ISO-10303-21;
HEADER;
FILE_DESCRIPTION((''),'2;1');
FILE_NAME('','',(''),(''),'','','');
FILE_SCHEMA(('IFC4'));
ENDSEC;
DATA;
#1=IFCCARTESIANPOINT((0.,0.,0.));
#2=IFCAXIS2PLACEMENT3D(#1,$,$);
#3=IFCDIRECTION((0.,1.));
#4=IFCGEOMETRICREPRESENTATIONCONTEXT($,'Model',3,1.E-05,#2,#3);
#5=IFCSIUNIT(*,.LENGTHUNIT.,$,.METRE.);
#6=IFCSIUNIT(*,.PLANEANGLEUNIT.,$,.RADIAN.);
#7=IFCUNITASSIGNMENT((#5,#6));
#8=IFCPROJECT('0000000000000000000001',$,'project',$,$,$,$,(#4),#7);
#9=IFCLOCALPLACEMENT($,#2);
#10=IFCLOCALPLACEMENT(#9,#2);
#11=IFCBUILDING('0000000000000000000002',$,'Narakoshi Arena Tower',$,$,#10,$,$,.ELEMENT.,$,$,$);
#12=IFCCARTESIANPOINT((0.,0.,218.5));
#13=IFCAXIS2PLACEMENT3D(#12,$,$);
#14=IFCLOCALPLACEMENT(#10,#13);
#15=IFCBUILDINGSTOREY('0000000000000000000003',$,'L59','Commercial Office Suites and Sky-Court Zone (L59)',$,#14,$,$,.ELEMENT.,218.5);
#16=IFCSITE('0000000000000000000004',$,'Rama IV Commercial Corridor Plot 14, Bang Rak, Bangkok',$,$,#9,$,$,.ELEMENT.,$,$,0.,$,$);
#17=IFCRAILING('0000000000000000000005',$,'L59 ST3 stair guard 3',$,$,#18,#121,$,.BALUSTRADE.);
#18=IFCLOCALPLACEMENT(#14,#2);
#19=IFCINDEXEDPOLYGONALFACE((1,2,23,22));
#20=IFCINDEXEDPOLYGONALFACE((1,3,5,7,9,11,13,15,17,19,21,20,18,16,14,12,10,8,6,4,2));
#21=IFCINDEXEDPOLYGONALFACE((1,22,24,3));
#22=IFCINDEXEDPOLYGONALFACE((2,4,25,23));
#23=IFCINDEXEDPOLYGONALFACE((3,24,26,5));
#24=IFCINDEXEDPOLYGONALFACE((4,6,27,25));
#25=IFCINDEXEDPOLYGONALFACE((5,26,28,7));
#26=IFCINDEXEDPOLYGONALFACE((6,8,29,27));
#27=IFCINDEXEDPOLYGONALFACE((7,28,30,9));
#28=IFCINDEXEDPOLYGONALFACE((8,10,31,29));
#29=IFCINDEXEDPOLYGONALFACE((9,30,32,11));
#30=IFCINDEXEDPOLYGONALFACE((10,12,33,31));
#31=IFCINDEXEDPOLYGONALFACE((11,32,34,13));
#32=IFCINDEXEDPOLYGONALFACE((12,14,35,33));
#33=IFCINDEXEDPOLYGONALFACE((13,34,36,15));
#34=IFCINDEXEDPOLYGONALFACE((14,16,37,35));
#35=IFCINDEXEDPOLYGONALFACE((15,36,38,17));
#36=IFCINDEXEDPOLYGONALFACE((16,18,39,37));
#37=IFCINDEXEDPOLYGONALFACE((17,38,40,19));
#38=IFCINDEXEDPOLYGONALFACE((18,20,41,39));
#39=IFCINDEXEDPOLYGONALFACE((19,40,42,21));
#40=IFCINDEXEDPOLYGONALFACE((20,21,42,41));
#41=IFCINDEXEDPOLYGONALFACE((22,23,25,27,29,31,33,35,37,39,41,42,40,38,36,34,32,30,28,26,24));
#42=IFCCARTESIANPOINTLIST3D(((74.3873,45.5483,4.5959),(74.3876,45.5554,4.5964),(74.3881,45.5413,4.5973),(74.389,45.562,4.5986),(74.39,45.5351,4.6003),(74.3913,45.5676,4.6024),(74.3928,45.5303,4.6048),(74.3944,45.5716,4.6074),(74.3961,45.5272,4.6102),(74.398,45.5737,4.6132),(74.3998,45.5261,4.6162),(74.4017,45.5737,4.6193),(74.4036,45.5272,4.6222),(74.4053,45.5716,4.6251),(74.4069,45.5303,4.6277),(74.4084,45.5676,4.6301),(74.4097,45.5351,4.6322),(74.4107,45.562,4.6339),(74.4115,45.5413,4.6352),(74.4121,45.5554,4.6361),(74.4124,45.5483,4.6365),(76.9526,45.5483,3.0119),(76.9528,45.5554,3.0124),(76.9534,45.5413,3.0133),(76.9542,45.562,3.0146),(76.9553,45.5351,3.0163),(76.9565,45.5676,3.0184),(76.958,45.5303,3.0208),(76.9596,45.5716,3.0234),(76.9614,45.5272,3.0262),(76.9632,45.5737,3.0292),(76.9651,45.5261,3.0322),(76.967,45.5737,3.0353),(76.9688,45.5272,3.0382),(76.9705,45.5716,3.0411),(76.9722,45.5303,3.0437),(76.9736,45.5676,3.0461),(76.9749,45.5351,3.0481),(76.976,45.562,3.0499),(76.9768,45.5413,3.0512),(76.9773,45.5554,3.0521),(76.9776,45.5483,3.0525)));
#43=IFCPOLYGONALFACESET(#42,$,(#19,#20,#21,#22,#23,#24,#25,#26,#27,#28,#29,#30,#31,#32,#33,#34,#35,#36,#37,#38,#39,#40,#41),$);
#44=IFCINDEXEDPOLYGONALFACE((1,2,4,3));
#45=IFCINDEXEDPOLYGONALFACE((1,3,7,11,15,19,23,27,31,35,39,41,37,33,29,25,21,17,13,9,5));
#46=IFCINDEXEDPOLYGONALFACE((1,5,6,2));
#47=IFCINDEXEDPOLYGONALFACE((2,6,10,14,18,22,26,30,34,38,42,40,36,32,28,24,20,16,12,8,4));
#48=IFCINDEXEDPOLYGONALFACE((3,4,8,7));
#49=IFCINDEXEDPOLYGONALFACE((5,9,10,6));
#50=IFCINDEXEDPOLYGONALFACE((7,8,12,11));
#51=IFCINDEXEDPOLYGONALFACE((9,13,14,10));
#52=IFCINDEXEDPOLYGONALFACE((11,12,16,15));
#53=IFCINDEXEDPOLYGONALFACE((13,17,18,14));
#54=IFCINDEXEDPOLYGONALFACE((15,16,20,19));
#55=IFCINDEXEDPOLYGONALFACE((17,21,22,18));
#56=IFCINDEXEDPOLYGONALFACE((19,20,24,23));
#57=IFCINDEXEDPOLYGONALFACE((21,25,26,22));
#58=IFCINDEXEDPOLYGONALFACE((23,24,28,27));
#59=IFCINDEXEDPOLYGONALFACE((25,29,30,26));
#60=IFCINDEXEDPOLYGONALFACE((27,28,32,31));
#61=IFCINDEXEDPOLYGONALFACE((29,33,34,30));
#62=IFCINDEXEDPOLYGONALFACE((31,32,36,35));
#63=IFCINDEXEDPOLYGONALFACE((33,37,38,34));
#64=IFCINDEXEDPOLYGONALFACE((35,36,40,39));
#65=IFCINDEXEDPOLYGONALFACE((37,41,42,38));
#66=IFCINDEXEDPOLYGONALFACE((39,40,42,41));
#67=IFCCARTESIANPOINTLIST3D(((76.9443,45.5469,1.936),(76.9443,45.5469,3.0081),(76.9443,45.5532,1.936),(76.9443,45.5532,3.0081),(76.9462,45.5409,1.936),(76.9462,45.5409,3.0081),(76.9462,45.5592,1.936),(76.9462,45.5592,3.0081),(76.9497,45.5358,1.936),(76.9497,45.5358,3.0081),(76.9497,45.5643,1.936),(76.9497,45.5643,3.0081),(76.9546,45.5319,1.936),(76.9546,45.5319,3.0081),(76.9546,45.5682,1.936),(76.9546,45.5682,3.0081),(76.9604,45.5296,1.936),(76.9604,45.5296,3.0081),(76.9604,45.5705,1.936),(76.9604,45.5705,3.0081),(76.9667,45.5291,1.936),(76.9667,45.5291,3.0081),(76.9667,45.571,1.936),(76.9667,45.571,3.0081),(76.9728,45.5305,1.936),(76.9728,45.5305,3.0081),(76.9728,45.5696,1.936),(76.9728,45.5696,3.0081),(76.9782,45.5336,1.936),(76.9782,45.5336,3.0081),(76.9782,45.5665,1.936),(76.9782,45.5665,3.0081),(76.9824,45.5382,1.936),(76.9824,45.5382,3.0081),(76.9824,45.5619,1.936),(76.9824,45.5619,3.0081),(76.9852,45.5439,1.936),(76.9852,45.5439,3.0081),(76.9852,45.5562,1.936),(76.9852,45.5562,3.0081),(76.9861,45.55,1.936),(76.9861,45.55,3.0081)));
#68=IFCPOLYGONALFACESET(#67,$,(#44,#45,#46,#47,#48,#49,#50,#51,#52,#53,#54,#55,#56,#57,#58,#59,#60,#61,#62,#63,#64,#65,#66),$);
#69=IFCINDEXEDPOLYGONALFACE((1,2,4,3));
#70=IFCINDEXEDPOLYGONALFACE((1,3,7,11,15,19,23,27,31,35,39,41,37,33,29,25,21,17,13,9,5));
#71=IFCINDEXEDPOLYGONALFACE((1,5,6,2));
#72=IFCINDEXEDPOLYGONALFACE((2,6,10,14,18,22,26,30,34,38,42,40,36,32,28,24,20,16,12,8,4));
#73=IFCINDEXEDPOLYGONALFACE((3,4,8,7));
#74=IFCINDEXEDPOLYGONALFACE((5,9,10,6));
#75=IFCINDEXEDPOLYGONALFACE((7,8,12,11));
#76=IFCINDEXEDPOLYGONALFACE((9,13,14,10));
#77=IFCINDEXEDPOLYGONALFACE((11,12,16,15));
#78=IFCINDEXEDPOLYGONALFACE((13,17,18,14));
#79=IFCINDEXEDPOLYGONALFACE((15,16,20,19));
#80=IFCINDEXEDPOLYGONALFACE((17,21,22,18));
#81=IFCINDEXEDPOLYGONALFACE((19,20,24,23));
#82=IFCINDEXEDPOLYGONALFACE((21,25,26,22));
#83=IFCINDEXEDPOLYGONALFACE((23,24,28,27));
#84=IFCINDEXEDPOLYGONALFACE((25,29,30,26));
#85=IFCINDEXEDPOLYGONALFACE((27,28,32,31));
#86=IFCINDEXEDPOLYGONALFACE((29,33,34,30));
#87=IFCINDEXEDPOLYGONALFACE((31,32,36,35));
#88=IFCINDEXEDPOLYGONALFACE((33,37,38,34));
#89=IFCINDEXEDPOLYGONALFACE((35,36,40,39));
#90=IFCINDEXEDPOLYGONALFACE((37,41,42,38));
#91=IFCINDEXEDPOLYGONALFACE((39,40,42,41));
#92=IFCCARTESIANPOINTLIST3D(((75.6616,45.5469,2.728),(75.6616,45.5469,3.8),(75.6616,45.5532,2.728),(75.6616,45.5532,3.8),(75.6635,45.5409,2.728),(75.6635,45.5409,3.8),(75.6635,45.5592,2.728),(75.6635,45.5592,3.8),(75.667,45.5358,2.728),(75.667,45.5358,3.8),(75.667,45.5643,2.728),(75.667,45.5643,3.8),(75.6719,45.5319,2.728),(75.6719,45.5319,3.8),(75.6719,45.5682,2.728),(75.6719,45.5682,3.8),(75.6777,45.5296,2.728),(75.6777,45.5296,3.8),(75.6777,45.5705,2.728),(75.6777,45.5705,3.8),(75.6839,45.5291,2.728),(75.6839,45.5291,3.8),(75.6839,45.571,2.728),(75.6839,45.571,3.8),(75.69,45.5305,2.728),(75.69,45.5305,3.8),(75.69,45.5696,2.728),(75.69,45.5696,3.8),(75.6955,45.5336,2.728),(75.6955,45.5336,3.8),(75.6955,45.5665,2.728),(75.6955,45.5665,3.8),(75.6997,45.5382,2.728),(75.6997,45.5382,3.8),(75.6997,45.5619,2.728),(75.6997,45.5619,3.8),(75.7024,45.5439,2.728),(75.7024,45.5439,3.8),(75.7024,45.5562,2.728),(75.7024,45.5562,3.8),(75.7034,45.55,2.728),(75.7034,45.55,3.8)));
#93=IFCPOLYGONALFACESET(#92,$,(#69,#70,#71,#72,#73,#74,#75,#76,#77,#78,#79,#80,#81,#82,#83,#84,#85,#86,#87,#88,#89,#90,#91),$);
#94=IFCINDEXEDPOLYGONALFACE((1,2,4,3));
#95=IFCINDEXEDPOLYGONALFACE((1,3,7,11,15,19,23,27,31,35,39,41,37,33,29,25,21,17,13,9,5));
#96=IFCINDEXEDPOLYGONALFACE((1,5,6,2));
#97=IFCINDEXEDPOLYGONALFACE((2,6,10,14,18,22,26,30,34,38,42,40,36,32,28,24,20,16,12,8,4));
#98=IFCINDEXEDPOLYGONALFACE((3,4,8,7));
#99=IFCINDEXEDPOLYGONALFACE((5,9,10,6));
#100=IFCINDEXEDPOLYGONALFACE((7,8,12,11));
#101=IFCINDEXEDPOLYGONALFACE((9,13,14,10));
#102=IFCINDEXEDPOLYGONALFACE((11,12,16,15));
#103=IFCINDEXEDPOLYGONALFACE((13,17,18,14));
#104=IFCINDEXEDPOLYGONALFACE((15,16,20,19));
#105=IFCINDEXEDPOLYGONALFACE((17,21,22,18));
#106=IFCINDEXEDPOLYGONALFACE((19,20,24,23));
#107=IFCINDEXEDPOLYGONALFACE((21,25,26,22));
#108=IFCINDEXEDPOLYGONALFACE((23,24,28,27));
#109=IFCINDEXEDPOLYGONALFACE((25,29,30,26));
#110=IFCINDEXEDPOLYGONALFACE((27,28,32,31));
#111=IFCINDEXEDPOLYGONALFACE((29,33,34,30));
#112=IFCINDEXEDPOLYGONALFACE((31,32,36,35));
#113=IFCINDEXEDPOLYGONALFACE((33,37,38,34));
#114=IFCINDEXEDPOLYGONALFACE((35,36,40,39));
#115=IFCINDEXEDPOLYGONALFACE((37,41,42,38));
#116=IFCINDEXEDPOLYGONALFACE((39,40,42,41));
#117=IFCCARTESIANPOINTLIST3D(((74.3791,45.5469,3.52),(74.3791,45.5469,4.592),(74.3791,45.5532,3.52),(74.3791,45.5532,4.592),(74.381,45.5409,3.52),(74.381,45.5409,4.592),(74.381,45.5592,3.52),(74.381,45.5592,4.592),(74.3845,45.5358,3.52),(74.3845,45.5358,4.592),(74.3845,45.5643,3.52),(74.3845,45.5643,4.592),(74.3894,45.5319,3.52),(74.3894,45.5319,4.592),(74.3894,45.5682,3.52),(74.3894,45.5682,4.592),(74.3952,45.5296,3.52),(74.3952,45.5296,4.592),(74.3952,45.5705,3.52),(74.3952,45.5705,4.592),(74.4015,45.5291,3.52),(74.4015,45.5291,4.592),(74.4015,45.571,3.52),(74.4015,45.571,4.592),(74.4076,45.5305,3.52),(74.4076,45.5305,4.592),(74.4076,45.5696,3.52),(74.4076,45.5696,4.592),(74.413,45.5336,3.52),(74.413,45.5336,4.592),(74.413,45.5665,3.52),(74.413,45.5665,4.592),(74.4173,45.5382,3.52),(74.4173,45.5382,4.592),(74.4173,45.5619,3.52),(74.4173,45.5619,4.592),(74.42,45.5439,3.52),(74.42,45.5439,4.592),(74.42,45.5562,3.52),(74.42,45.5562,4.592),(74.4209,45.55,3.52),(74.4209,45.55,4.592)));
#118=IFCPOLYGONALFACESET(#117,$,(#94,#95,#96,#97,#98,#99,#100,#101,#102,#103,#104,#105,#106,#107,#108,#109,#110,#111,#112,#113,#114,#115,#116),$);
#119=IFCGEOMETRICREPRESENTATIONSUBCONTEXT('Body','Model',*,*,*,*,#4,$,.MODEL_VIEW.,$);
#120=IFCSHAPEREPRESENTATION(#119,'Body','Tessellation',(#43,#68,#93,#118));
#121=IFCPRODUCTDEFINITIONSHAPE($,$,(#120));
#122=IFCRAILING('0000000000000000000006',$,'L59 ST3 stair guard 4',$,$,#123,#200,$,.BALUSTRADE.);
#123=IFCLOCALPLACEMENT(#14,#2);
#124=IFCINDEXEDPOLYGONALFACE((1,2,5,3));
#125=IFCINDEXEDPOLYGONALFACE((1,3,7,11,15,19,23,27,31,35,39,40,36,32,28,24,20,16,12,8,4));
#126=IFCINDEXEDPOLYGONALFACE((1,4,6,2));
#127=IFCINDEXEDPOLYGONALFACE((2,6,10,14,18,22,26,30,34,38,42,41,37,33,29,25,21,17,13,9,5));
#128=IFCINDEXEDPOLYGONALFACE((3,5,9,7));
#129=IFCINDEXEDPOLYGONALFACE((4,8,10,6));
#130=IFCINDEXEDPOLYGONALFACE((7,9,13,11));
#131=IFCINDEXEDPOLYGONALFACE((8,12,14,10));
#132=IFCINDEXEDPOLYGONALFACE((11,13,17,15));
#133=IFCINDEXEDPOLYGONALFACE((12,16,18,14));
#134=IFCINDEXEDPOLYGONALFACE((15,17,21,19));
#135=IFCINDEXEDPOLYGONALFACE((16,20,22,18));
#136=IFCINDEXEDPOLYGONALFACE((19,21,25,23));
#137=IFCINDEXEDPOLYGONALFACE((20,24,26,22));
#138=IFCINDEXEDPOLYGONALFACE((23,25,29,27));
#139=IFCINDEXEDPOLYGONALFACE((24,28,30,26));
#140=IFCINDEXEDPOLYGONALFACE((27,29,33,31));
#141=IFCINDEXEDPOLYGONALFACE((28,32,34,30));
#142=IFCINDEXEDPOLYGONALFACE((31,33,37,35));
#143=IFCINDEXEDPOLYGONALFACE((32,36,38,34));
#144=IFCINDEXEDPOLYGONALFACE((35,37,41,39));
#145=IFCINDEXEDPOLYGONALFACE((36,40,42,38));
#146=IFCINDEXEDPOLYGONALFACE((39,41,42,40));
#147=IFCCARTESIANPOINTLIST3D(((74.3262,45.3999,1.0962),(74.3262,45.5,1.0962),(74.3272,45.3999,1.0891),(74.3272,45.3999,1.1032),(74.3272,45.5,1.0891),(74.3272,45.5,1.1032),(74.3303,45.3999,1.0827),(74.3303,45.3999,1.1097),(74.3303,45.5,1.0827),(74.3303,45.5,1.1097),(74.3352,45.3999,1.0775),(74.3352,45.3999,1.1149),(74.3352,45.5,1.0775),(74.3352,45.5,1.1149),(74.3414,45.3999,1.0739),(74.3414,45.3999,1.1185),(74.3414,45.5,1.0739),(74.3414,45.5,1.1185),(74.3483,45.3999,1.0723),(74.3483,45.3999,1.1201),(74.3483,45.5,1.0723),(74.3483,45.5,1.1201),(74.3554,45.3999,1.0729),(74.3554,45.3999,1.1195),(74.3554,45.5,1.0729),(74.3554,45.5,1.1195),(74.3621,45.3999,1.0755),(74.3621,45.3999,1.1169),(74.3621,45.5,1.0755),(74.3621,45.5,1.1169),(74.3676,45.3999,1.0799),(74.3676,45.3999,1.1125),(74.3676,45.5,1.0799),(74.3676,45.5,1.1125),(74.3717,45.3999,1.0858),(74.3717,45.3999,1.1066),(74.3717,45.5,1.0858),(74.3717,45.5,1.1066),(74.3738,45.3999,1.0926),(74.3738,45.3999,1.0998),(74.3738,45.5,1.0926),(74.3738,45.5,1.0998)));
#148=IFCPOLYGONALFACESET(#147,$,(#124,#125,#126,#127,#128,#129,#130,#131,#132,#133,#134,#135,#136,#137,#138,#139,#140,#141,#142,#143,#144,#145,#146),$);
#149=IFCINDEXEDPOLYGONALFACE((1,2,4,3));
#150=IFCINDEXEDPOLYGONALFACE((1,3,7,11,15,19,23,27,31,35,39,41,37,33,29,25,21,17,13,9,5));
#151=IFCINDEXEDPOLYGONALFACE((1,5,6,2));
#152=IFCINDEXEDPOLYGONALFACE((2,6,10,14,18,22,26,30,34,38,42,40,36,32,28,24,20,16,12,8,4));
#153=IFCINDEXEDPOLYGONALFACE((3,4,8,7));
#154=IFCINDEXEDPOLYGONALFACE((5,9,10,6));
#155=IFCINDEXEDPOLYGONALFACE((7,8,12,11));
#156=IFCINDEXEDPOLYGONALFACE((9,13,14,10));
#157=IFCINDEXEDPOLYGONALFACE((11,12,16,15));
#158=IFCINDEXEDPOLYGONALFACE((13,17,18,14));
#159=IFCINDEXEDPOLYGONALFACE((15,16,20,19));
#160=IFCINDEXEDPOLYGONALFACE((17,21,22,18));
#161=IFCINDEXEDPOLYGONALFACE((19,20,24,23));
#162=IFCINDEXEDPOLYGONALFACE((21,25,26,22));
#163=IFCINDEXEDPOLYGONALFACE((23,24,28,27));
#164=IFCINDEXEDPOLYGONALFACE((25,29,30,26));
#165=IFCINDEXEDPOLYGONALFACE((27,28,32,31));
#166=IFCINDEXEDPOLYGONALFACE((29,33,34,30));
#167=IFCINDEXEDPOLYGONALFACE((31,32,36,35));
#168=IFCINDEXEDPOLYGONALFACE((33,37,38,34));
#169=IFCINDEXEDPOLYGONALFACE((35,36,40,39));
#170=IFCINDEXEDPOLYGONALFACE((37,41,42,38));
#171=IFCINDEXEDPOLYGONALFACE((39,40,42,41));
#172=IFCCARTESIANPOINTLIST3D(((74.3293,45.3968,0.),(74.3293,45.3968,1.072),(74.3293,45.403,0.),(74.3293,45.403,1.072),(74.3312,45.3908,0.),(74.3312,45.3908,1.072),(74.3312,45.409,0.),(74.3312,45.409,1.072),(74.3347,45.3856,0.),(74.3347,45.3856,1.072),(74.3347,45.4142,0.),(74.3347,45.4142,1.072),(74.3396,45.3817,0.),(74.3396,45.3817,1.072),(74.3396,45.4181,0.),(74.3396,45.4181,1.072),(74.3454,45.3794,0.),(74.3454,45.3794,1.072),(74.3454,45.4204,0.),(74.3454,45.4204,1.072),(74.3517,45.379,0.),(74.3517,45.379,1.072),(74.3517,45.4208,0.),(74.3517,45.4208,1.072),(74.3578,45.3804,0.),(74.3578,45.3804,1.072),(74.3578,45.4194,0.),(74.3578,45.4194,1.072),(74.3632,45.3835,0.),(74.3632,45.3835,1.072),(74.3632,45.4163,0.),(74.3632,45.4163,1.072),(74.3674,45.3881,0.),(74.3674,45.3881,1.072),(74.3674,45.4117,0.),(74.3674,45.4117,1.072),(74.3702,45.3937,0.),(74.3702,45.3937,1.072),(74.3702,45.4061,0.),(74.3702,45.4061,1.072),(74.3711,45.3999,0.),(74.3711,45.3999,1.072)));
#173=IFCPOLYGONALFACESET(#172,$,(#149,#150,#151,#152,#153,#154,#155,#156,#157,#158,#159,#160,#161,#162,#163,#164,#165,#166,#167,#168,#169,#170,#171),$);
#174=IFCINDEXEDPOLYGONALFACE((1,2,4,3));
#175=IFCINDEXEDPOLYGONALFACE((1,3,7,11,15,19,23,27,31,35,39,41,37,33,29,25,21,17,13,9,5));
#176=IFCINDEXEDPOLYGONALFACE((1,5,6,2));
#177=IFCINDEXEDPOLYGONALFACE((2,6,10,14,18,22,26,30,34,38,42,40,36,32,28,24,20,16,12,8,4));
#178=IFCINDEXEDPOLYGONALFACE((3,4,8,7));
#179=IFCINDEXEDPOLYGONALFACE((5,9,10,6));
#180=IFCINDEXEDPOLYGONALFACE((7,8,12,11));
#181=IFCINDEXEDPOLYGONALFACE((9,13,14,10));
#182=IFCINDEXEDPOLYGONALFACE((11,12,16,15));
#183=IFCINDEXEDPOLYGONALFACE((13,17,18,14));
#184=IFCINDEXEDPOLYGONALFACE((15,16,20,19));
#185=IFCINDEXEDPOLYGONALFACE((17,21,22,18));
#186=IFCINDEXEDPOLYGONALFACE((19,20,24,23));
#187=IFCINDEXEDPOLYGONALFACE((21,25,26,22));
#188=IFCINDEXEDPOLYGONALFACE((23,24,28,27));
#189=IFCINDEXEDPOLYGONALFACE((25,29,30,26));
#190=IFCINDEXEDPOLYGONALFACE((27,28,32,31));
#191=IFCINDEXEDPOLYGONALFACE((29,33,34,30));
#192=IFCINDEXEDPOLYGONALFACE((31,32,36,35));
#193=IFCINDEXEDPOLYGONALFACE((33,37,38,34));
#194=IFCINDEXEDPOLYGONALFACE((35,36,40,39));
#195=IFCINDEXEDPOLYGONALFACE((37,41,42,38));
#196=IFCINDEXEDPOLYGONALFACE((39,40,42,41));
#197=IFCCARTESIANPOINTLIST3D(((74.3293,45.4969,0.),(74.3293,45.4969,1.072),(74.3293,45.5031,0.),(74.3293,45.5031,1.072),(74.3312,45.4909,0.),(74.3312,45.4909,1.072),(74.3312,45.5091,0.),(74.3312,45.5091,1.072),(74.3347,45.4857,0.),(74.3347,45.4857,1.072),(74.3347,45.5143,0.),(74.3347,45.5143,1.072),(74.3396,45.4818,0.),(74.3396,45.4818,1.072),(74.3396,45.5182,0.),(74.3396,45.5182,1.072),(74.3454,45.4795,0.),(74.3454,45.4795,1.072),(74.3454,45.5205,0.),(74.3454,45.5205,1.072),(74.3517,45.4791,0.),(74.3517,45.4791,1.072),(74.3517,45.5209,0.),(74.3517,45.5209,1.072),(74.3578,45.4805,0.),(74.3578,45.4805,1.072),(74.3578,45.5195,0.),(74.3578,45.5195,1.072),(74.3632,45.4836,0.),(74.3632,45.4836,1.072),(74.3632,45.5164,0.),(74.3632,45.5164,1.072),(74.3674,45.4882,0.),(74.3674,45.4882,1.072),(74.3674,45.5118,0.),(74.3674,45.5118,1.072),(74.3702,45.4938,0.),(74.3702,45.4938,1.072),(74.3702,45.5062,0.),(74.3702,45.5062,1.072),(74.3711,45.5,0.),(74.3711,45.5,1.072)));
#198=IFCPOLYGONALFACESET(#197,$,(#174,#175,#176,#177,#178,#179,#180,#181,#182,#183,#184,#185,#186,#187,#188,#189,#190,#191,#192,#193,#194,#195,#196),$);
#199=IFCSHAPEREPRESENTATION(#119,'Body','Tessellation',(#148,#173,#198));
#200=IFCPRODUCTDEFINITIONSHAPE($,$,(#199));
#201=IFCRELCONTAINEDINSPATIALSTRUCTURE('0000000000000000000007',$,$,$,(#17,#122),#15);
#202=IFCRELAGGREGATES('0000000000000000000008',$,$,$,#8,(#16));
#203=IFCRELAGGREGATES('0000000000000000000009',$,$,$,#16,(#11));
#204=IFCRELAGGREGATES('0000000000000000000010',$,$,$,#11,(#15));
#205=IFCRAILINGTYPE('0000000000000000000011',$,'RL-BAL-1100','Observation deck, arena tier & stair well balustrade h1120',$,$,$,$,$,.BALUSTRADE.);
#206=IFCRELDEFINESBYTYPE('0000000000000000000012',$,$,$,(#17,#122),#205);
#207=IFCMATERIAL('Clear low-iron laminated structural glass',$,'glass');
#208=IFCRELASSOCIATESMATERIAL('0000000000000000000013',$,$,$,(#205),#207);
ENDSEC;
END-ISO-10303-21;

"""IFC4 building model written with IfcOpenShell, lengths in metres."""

from ifc_helpers import new_model, si_unit, direction, frame, origin, origin_2d, place, context, subcontext, project, spatial, circle, extrude, material, type_object, element, save


model = new_model("IFC4")

# Units and contexts
model_context = context("Model", 3, precision=1e-05, world=origin(), true_north=direction((0.0, 1.0)))
body_context = subcontext(model_context, "Body", "Model", "MODEL_VIEW")
ifc_project = project(units=[si_unit("LENGTHUNIT", "METRE"), si_unit("PLANEANGLEUNIT", "RADIAN")], contexts=[model_context])

# Site, building, storey
site_placement = place(None, origin())
site = spatial("IfcSite", under=ifc_project, at=site_placement, Name="Rama IV Commercial Corridor Plot 14, Bang Rak, Bangkok", CompositionType="ELEMENT", RefElevation=0.0)
building_placement = place(site_placement, origin())
building = spatial("IfcBuilding", under=site, at=building_placement, Name="Narakoshi Arena Tower", CompositionType="ELEMENT")
storey_placement = place(building_placement, frame((0.0, 0.0, 218.5)))
storey = spatial("IfcBuildingStorey", under=building, at=storey_placement, Name="L59", Description="Commercial Office Suites and Sky-Court Zone (L59)", CompositionType="ELEMENT", Elevation=218.5)

# Railings
ifc_material_1 = material(Name="Clear low-iron laminated structural glass", Category="glass")
railing_type_1 = type_object("IfcRailingType", Name="RL-BAL-1100", Description="Observation deck, arena tier & stair well balustrade h1120", PredefinedType="BALUSTRADE", material=ifc_material_1)
railing_1_placement = place(storey_placement, frame((76.9651, 45.55, 1.936)))
element("IfcRailing", 1, at=railing_1_placement, inside=storey, type_object=railing_type_1, Name="L59 ST3 stair guard 3", PredefinedType="BALUSTRADE", context=body_context, shape_type="SweptSolid", body=[
    extrude(circle(Radius=0.0239, at=origin_2d()), frame((0.0, 0.0, 1.0962), z_axis=(-0.850857, 0.0, 0.525398), x_axis=(0.0, -1.0, 0.0)), (0.0, 0.0, 1.0), 3.0149),
    extrude(circle(Radius=0.021, at=origin_2d()), origin(), (0.0, 0.0, 1.0), 1.072),
    extrude(circle(Radius=0.021, at=origin_2d()), frame((-1.2827, 0.0, 0.792)), (0.0, 0.0, 1.0), 1.072),
    extrude(circle(Radius=0.021, at=origin_2d()), frame((-2.5652, 0.0, 1.584)), (0.0, 0.0, 1.0), 1.072),
])
railing_2_placement = place(storey_placement, frame((74.3501, 45.3999, 0.0)))
element("IfcRailing", 2, at=railing_2_placement, inside=storey, type_object=railing_type_1, Name="L59 ST3 stair guard 4", PredefinedType="BALUSTRADE", context=body_context, shape_type="SweptSolid", body=[
    extrude(circle(Radius=0.0239, at=origin_2d()), frame((0.0, 0.0, 1.0962), z_axis=(0.0, 1.0, 0.0), x_axis=(-1.0, 0.0, 0.0)), (0.0, 0.0, 1.0), 0.1001),
    extrude(circle(Radius=0.021, at=origin_2d()), origin(), (0.0, 0.0, 1.0), 1.072),
    extrude(circle(Radius=0.021, at=origin_2d()), frame((0.0, 0.1001, 0.0)), (0.0, 0.0, 1.0), 1.072),
])

save(model, "model.ifc")
